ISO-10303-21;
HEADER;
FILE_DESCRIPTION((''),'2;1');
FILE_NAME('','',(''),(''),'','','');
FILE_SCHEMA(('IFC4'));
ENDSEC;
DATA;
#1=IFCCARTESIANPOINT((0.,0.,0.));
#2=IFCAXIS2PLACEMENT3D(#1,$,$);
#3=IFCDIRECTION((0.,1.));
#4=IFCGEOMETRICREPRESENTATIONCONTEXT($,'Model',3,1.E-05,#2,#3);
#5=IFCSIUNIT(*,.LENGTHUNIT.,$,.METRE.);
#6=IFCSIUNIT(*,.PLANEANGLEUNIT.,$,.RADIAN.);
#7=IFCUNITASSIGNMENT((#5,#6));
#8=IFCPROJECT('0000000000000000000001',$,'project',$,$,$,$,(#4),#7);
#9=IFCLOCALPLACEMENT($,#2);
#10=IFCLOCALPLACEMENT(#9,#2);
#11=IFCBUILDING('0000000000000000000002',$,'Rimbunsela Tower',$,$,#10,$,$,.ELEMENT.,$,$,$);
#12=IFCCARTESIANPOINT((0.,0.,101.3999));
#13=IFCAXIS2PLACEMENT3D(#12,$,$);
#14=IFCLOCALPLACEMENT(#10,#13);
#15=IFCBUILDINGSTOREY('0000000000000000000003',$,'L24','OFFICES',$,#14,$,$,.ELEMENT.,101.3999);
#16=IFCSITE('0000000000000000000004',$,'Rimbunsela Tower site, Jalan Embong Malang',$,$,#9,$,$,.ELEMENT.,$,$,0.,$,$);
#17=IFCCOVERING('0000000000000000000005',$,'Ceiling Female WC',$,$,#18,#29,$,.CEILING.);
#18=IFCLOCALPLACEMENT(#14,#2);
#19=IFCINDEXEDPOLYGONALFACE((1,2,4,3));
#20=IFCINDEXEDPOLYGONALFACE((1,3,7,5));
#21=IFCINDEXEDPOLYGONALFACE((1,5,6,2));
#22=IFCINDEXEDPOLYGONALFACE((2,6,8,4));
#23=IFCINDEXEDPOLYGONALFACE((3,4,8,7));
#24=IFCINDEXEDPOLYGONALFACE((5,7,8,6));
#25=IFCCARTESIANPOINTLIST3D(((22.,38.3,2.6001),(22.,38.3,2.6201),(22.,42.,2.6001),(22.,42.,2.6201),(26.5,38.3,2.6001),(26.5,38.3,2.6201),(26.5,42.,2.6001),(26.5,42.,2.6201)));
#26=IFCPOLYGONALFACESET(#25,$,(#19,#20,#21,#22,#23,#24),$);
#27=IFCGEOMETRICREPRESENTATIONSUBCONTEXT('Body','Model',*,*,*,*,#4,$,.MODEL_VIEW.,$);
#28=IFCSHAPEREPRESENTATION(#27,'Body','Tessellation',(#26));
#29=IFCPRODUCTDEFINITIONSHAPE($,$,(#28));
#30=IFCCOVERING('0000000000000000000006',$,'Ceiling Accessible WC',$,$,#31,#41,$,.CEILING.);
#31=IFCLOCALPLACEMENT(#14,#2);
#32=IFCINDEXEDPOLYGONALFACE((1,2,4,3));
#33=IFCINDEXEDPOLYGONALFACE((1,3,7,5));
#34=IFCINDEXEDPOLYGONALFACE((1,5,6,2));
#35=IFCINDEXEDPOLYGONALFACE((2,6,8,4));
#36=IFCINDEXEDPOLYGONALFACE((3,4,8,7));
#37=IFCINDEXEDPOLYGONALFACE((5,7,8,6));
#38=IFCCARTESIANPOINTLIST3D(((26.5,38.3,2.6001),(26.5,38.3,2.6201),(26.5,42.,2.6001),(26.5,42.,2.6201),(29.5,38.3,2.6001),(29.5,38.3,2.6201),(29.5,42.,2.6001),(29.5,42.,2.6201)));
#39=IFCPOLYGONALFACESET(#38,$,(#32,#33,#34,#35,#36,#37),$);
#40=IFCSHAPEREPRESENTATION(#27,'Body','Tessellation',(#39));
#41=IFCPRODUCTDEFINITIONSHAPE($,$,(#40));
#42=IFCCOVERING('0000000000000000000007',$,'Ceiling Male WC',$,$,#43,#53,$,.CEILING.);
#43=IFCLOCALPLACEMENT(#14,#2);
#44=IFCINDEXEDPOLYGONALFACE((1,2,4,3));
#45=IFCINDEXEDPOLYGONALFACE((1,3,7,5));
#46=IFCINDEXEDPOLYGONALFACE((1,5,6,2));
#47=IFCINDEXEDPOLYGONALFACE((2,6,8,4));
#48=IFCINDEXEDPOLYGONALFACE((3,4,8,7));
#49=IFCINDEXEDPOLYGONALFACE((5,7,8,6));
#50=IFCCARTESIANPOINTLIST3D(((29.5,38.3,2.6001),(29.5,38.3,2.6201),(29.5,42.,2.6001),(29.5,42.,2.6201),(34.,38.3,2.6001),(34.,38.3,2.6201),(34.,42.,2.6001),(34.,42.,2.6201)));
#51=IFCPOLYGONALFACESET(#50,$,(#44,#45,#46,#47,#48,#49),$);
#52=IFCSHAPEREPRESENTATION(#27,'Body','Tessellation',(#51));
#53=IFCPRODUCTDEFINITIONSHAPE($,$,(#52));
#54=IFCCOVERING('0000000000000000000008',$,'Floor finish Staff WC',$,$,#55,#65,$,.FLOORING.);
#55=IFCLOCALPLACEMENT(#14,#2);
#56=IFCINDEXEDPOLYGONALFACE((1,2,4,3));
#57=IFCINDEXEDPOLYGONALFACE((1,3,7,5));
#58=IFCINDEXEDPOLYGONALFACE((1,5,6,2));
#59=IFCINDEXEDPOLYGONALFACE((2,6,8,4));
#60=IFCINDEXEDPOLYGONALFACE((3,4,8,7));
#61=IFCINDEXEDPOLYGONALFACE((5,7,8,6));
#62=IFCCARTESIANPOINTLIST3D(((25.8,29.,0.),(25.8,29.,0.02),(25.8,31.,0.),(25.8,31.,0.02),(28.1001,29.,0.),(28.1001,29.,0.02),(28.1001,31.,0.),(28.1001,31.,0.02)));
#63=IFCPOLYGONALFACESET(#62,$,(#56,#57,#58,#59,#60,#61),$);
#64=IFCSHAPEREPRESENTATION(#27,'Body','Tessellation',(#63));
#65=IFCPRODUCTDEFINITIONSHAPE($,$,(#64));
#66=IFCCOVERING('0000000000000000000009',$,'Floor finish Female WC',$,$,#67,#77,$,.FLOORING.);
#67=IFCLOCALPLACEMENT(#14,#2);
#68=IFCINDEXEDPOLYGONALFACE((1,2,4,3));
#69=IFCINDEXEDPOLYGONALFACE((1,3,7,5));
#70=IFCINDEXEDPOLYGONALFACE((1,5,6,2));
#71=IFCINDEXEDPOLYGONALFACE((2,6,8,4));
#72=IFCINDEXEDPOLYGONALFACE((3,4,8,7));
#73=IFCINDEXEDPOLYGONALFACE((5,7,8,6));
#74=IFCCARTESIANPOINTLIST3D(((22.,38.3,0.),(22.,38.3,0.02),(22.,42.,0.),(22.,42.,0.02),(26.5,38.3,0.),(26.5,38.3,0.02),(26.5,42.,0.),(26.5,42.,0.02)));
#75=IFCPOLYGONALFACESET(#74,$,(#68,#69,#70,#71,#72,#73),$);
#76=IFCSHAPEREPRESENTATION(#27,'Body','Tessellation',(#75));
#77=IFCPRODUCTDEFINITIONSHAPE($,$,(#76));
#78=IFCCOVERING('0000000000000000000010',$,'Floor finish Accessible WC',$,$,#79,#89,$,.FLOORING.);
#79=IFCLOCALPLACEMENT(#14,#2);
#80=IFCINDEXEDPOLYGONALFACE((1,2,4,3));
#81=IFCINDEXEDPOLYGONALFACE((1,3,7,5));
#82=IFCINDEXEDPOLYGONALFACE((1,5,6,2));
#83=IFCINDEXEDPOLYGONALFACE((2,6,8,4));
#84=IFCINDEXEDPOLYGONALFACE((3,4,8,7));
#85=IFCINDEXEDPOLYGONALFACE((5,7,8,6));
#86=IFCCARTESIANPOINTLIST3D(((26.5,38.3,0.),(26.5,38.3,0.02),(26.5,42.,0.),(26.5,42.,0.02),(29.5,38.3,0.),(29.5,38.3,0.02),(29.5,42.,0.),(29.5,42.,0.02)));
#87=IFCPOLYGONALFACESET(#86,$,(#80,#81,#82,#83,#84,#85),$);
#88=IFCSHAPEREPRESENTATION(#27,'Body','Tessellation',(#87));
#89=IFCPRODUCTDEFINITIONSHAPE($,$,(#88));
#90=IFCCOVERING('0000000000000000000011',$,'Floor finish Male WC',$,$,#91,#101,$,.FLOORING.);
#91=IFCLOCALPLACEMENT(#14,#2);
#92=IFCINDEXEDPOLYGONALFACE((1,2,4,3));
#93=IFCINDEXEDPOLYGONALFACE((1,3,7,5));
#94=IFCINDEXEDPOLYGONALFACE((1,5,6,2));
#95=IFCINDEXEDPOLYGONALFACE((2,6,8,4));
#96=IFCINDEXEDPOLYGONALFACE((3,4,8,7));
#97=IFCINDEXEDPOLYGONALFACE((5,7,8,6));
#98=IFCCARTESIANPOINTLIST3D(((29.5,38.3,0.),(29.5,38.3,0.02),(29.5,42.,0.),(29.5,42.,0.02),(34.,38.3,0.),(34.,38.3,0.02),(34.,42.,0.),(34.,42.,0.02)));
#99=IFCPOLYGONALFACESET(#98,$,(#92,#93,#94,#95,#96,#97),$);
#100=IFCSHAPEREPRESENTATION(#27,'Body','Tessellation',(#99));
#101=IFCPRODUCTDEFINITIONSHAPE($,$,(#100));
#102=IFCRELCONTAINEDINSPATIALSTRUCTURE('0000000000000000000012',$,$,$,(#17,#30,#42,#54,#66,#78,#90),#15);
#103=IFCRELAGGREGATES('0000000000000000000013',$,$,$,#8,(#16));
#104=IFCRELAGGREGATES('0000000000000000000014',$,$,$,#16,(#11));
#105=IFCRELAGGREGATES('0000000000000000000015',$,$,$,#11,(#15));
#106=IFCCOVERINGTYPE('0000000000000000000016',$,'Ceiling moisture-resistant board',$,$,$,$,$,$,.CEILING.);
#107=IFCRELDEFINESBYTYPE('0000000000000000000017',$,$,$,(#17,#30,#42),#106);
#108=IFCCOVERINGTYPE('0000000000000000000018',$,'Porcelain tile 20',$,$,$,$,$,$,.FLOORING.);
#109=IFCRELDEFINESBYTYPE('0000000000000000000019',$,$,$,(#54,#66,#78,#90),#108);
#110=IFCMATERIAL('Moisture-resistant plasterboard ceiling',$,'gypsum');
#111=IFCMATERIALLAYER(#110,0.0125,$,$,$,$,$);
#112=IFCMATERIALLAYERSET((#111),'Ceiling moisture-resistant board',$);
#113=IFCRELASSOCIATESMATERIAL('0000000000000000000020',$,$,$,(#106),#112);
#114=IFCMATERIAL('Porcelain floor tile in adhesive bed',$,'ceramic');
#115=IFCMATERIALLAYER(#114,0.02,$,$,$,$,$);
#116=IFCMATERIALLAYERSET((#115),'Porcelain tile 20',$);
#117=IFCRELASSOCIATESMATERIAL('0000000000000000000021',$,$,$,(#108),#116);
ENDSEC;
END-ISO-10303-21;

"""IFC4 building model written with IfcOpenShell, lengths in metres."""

from ifc_helpers import new_model, si_unit, direction, frame, origin, place, context, subcontext, project, spatial, polyline, outline, extrude, material, layer, layer_set, type_object, element, save


model = new_model("IFC4")

# Units and contexts
model_context = context("Model", 3, precision=1e-05, world=origin(), true_north=direction((0.0, 1.0)))
body_context = subcontext(model_context, "Body", "Model", "MODEL_VIEW")
ifc_project = project(units=[si_unit("LENGTHUNIT", "METRE"), si_unit("PLANEANGLEUNIT", "RADIAN")], contexts=[model_context])

# Site, building, storey
site_placement = place(None, origin())
site = spatial("IfcSite", under=ifc_project, at=site_placement, Name="Rimbunsela Tower site, Jalan Embong Malang", CompositionType="ELEMENT", RefElevation=0.0)
building_placement = place(site_placement, origin())
building = spatial("IfcBuilding", under=site, at=building_placement, Name="Rimbunsela Tower", CompositionType="ELEMENT")
storey_placement = place(building_placement, frame((0.0, 0.0, 101.3999)))
storey = spatial("IfcBuildingStorey", under=building, at=storey_placement, Name="L24", Description="OFFICES", CompositionType="ELEMENT", Elevation=101.3999)

# Coverings
ifc_material_1 = material(Name="Moisture-resistant plasterboard ceiling", Category="gypsum")
ifc_layer_1 = layer(ifc_material_1, 0.0125)
ifc_layer_set_1 = layer_set([ifc_layer_1], Name="Ceiling moisture-resistant board")
covering_type_1 = type_object("IfcCoveringType", Name="Ceiling moisture-resistant board", PredefinedType="CEILING", material=ifc_layer_set_1)
covering_1_placement = place(storey_placement, frame((0.0, 0.0, 2.6001)))
element("IfcCovering", 1, at=covering_1_placement, inside=storey, type_object=covering_type_1, Name="Ceiling Female WC", PredefinedType="CEILING", context=body_context, shape_type="SweptSolid", body=[
    extrude(outline(polyline([(26.5, 38.3), (26.5, 42.0), (22.0, 42.0), (22.0, 38.3), (26.5, 38.3)])), origin(), (0.0, 0.0, 1.0), 0.02),
])
covering_2_placement = place(storey_placement, frame((0.0, 0.0, 2.6001)))
element("IfcCovering", 2, at=covering_2_placement, inside=storey, type_object=covering_type_1, Name="Ceiling Accessible WC", PredefinedType="CEILING", context=body_context, shape_type="SweptSolid", body=[
    extrude(outline(polyline([(29.5, 38.3), (29.5, 42.0), (26.5, 42.0), (26.5, 38.3), (29.5, 38.3)])), origin(), (0.0, 0.0, 1.0), 0.02),
])
covering_3_placement = place(storey_placement, frame((0.0, 0.0, 2.6001)))
element("IfcCovering", 3, at=covering_3_placement, inside=storey, type_object=covering_type_1, Name="Ceiling Male WC", PredefinedType="CEILING", context=body_context, shape_type="SweptSolid", body=[
    extrude(outline(polyline([(34.0, 38.3), (34.0, 42.0), (29.5, 42.0), (29.5, 38.3), (34.0, 38.3)])), origin(), (0.0, 0.0, 1.0), 0.02),
])
ifc_material_2 = material(Name="Porcelain floor tile in adhesive bed", Category="ceramic")
ifc_layer_2 = layer(ifc_material_2, 0.02)
ifc_layer_set_2 = layer_set([ifc_layer_2], Name="Porcelain tile 20")
covering_type_2 = type_object("IfcCoveringType", Name="Porcelain tile 20", PredefinedType="FLOORING", material=ifc_layer_set_2)
covering_4_placement = place(storey_placement, origin())
element("IfcCovering", 4, at=covering_4_placement, inside=storey, type_object=covering_type_2, Name="Floor finish Staff WC", PredefinedType="FLOORING", context=body_context, shape_type="SweptSolid", body=[
    extrude(outline(polyline([(28.1001, 29.0), (28.1001, 31.0), (25.8, 31.0), (25.8, 29.0), (28.1001, 29.0)])), origin(), (0.0, 0.0, 1.0), 0.02),
])
covering_5_placement = place(storey_placement, origin())
element("IfcCovering", 5, at=covering_5_placement, inside=storey, type_object=covering_type_2, Name="Floor finish Female WC", PredefinedType="FLOORING", context=body_context, shape_type="SweptSolid", body=[
    extrude(outline(polyline([(26.5, 38.3), (26.5, 42.0), (22.0, 42.0), (22.0, 38.3), (26.5, 38.3)])), origin(), (0.0, 0.0, 1.0), 0.02),
])
covering_6_placement = place(storey_placement, origin())
element("IfcCovering", 6, at=covering_6_placement, inside=storey, type_object=covering_type_2, Name="Floor finish Accessible WC", PredefinedType="FLOORING", context=body_context, shape_type="SweptSolid", body=[
    extrude(outline(polyline([(29.5, 38.3), (29.5, 42.0), (26.5, 42.0), (26.5, 38.3), (29.5, 38.3)])), origin(), (0.0, 0.0, 1.0), 0.02),
])
covering_7_placement = place(storey_placement, origin())
element("IfcCovering", 7, at=covering_7_placement, inside=storey, type_object=covering_type_2, Name="Floor finish Male WC", PredefinedType="FLOORING", context=body_context, shape_type="SweptSolid", body=[
    extrude(outline(polyline([(34.0, 38.3), (34.0, 42.0), (29.5, 42.0), (29.5, 38.3), (34.0, 38.3)])), origin(), (0.0, 0.0, 1.0), 0.02),
])

save(model, "model.ifc")
